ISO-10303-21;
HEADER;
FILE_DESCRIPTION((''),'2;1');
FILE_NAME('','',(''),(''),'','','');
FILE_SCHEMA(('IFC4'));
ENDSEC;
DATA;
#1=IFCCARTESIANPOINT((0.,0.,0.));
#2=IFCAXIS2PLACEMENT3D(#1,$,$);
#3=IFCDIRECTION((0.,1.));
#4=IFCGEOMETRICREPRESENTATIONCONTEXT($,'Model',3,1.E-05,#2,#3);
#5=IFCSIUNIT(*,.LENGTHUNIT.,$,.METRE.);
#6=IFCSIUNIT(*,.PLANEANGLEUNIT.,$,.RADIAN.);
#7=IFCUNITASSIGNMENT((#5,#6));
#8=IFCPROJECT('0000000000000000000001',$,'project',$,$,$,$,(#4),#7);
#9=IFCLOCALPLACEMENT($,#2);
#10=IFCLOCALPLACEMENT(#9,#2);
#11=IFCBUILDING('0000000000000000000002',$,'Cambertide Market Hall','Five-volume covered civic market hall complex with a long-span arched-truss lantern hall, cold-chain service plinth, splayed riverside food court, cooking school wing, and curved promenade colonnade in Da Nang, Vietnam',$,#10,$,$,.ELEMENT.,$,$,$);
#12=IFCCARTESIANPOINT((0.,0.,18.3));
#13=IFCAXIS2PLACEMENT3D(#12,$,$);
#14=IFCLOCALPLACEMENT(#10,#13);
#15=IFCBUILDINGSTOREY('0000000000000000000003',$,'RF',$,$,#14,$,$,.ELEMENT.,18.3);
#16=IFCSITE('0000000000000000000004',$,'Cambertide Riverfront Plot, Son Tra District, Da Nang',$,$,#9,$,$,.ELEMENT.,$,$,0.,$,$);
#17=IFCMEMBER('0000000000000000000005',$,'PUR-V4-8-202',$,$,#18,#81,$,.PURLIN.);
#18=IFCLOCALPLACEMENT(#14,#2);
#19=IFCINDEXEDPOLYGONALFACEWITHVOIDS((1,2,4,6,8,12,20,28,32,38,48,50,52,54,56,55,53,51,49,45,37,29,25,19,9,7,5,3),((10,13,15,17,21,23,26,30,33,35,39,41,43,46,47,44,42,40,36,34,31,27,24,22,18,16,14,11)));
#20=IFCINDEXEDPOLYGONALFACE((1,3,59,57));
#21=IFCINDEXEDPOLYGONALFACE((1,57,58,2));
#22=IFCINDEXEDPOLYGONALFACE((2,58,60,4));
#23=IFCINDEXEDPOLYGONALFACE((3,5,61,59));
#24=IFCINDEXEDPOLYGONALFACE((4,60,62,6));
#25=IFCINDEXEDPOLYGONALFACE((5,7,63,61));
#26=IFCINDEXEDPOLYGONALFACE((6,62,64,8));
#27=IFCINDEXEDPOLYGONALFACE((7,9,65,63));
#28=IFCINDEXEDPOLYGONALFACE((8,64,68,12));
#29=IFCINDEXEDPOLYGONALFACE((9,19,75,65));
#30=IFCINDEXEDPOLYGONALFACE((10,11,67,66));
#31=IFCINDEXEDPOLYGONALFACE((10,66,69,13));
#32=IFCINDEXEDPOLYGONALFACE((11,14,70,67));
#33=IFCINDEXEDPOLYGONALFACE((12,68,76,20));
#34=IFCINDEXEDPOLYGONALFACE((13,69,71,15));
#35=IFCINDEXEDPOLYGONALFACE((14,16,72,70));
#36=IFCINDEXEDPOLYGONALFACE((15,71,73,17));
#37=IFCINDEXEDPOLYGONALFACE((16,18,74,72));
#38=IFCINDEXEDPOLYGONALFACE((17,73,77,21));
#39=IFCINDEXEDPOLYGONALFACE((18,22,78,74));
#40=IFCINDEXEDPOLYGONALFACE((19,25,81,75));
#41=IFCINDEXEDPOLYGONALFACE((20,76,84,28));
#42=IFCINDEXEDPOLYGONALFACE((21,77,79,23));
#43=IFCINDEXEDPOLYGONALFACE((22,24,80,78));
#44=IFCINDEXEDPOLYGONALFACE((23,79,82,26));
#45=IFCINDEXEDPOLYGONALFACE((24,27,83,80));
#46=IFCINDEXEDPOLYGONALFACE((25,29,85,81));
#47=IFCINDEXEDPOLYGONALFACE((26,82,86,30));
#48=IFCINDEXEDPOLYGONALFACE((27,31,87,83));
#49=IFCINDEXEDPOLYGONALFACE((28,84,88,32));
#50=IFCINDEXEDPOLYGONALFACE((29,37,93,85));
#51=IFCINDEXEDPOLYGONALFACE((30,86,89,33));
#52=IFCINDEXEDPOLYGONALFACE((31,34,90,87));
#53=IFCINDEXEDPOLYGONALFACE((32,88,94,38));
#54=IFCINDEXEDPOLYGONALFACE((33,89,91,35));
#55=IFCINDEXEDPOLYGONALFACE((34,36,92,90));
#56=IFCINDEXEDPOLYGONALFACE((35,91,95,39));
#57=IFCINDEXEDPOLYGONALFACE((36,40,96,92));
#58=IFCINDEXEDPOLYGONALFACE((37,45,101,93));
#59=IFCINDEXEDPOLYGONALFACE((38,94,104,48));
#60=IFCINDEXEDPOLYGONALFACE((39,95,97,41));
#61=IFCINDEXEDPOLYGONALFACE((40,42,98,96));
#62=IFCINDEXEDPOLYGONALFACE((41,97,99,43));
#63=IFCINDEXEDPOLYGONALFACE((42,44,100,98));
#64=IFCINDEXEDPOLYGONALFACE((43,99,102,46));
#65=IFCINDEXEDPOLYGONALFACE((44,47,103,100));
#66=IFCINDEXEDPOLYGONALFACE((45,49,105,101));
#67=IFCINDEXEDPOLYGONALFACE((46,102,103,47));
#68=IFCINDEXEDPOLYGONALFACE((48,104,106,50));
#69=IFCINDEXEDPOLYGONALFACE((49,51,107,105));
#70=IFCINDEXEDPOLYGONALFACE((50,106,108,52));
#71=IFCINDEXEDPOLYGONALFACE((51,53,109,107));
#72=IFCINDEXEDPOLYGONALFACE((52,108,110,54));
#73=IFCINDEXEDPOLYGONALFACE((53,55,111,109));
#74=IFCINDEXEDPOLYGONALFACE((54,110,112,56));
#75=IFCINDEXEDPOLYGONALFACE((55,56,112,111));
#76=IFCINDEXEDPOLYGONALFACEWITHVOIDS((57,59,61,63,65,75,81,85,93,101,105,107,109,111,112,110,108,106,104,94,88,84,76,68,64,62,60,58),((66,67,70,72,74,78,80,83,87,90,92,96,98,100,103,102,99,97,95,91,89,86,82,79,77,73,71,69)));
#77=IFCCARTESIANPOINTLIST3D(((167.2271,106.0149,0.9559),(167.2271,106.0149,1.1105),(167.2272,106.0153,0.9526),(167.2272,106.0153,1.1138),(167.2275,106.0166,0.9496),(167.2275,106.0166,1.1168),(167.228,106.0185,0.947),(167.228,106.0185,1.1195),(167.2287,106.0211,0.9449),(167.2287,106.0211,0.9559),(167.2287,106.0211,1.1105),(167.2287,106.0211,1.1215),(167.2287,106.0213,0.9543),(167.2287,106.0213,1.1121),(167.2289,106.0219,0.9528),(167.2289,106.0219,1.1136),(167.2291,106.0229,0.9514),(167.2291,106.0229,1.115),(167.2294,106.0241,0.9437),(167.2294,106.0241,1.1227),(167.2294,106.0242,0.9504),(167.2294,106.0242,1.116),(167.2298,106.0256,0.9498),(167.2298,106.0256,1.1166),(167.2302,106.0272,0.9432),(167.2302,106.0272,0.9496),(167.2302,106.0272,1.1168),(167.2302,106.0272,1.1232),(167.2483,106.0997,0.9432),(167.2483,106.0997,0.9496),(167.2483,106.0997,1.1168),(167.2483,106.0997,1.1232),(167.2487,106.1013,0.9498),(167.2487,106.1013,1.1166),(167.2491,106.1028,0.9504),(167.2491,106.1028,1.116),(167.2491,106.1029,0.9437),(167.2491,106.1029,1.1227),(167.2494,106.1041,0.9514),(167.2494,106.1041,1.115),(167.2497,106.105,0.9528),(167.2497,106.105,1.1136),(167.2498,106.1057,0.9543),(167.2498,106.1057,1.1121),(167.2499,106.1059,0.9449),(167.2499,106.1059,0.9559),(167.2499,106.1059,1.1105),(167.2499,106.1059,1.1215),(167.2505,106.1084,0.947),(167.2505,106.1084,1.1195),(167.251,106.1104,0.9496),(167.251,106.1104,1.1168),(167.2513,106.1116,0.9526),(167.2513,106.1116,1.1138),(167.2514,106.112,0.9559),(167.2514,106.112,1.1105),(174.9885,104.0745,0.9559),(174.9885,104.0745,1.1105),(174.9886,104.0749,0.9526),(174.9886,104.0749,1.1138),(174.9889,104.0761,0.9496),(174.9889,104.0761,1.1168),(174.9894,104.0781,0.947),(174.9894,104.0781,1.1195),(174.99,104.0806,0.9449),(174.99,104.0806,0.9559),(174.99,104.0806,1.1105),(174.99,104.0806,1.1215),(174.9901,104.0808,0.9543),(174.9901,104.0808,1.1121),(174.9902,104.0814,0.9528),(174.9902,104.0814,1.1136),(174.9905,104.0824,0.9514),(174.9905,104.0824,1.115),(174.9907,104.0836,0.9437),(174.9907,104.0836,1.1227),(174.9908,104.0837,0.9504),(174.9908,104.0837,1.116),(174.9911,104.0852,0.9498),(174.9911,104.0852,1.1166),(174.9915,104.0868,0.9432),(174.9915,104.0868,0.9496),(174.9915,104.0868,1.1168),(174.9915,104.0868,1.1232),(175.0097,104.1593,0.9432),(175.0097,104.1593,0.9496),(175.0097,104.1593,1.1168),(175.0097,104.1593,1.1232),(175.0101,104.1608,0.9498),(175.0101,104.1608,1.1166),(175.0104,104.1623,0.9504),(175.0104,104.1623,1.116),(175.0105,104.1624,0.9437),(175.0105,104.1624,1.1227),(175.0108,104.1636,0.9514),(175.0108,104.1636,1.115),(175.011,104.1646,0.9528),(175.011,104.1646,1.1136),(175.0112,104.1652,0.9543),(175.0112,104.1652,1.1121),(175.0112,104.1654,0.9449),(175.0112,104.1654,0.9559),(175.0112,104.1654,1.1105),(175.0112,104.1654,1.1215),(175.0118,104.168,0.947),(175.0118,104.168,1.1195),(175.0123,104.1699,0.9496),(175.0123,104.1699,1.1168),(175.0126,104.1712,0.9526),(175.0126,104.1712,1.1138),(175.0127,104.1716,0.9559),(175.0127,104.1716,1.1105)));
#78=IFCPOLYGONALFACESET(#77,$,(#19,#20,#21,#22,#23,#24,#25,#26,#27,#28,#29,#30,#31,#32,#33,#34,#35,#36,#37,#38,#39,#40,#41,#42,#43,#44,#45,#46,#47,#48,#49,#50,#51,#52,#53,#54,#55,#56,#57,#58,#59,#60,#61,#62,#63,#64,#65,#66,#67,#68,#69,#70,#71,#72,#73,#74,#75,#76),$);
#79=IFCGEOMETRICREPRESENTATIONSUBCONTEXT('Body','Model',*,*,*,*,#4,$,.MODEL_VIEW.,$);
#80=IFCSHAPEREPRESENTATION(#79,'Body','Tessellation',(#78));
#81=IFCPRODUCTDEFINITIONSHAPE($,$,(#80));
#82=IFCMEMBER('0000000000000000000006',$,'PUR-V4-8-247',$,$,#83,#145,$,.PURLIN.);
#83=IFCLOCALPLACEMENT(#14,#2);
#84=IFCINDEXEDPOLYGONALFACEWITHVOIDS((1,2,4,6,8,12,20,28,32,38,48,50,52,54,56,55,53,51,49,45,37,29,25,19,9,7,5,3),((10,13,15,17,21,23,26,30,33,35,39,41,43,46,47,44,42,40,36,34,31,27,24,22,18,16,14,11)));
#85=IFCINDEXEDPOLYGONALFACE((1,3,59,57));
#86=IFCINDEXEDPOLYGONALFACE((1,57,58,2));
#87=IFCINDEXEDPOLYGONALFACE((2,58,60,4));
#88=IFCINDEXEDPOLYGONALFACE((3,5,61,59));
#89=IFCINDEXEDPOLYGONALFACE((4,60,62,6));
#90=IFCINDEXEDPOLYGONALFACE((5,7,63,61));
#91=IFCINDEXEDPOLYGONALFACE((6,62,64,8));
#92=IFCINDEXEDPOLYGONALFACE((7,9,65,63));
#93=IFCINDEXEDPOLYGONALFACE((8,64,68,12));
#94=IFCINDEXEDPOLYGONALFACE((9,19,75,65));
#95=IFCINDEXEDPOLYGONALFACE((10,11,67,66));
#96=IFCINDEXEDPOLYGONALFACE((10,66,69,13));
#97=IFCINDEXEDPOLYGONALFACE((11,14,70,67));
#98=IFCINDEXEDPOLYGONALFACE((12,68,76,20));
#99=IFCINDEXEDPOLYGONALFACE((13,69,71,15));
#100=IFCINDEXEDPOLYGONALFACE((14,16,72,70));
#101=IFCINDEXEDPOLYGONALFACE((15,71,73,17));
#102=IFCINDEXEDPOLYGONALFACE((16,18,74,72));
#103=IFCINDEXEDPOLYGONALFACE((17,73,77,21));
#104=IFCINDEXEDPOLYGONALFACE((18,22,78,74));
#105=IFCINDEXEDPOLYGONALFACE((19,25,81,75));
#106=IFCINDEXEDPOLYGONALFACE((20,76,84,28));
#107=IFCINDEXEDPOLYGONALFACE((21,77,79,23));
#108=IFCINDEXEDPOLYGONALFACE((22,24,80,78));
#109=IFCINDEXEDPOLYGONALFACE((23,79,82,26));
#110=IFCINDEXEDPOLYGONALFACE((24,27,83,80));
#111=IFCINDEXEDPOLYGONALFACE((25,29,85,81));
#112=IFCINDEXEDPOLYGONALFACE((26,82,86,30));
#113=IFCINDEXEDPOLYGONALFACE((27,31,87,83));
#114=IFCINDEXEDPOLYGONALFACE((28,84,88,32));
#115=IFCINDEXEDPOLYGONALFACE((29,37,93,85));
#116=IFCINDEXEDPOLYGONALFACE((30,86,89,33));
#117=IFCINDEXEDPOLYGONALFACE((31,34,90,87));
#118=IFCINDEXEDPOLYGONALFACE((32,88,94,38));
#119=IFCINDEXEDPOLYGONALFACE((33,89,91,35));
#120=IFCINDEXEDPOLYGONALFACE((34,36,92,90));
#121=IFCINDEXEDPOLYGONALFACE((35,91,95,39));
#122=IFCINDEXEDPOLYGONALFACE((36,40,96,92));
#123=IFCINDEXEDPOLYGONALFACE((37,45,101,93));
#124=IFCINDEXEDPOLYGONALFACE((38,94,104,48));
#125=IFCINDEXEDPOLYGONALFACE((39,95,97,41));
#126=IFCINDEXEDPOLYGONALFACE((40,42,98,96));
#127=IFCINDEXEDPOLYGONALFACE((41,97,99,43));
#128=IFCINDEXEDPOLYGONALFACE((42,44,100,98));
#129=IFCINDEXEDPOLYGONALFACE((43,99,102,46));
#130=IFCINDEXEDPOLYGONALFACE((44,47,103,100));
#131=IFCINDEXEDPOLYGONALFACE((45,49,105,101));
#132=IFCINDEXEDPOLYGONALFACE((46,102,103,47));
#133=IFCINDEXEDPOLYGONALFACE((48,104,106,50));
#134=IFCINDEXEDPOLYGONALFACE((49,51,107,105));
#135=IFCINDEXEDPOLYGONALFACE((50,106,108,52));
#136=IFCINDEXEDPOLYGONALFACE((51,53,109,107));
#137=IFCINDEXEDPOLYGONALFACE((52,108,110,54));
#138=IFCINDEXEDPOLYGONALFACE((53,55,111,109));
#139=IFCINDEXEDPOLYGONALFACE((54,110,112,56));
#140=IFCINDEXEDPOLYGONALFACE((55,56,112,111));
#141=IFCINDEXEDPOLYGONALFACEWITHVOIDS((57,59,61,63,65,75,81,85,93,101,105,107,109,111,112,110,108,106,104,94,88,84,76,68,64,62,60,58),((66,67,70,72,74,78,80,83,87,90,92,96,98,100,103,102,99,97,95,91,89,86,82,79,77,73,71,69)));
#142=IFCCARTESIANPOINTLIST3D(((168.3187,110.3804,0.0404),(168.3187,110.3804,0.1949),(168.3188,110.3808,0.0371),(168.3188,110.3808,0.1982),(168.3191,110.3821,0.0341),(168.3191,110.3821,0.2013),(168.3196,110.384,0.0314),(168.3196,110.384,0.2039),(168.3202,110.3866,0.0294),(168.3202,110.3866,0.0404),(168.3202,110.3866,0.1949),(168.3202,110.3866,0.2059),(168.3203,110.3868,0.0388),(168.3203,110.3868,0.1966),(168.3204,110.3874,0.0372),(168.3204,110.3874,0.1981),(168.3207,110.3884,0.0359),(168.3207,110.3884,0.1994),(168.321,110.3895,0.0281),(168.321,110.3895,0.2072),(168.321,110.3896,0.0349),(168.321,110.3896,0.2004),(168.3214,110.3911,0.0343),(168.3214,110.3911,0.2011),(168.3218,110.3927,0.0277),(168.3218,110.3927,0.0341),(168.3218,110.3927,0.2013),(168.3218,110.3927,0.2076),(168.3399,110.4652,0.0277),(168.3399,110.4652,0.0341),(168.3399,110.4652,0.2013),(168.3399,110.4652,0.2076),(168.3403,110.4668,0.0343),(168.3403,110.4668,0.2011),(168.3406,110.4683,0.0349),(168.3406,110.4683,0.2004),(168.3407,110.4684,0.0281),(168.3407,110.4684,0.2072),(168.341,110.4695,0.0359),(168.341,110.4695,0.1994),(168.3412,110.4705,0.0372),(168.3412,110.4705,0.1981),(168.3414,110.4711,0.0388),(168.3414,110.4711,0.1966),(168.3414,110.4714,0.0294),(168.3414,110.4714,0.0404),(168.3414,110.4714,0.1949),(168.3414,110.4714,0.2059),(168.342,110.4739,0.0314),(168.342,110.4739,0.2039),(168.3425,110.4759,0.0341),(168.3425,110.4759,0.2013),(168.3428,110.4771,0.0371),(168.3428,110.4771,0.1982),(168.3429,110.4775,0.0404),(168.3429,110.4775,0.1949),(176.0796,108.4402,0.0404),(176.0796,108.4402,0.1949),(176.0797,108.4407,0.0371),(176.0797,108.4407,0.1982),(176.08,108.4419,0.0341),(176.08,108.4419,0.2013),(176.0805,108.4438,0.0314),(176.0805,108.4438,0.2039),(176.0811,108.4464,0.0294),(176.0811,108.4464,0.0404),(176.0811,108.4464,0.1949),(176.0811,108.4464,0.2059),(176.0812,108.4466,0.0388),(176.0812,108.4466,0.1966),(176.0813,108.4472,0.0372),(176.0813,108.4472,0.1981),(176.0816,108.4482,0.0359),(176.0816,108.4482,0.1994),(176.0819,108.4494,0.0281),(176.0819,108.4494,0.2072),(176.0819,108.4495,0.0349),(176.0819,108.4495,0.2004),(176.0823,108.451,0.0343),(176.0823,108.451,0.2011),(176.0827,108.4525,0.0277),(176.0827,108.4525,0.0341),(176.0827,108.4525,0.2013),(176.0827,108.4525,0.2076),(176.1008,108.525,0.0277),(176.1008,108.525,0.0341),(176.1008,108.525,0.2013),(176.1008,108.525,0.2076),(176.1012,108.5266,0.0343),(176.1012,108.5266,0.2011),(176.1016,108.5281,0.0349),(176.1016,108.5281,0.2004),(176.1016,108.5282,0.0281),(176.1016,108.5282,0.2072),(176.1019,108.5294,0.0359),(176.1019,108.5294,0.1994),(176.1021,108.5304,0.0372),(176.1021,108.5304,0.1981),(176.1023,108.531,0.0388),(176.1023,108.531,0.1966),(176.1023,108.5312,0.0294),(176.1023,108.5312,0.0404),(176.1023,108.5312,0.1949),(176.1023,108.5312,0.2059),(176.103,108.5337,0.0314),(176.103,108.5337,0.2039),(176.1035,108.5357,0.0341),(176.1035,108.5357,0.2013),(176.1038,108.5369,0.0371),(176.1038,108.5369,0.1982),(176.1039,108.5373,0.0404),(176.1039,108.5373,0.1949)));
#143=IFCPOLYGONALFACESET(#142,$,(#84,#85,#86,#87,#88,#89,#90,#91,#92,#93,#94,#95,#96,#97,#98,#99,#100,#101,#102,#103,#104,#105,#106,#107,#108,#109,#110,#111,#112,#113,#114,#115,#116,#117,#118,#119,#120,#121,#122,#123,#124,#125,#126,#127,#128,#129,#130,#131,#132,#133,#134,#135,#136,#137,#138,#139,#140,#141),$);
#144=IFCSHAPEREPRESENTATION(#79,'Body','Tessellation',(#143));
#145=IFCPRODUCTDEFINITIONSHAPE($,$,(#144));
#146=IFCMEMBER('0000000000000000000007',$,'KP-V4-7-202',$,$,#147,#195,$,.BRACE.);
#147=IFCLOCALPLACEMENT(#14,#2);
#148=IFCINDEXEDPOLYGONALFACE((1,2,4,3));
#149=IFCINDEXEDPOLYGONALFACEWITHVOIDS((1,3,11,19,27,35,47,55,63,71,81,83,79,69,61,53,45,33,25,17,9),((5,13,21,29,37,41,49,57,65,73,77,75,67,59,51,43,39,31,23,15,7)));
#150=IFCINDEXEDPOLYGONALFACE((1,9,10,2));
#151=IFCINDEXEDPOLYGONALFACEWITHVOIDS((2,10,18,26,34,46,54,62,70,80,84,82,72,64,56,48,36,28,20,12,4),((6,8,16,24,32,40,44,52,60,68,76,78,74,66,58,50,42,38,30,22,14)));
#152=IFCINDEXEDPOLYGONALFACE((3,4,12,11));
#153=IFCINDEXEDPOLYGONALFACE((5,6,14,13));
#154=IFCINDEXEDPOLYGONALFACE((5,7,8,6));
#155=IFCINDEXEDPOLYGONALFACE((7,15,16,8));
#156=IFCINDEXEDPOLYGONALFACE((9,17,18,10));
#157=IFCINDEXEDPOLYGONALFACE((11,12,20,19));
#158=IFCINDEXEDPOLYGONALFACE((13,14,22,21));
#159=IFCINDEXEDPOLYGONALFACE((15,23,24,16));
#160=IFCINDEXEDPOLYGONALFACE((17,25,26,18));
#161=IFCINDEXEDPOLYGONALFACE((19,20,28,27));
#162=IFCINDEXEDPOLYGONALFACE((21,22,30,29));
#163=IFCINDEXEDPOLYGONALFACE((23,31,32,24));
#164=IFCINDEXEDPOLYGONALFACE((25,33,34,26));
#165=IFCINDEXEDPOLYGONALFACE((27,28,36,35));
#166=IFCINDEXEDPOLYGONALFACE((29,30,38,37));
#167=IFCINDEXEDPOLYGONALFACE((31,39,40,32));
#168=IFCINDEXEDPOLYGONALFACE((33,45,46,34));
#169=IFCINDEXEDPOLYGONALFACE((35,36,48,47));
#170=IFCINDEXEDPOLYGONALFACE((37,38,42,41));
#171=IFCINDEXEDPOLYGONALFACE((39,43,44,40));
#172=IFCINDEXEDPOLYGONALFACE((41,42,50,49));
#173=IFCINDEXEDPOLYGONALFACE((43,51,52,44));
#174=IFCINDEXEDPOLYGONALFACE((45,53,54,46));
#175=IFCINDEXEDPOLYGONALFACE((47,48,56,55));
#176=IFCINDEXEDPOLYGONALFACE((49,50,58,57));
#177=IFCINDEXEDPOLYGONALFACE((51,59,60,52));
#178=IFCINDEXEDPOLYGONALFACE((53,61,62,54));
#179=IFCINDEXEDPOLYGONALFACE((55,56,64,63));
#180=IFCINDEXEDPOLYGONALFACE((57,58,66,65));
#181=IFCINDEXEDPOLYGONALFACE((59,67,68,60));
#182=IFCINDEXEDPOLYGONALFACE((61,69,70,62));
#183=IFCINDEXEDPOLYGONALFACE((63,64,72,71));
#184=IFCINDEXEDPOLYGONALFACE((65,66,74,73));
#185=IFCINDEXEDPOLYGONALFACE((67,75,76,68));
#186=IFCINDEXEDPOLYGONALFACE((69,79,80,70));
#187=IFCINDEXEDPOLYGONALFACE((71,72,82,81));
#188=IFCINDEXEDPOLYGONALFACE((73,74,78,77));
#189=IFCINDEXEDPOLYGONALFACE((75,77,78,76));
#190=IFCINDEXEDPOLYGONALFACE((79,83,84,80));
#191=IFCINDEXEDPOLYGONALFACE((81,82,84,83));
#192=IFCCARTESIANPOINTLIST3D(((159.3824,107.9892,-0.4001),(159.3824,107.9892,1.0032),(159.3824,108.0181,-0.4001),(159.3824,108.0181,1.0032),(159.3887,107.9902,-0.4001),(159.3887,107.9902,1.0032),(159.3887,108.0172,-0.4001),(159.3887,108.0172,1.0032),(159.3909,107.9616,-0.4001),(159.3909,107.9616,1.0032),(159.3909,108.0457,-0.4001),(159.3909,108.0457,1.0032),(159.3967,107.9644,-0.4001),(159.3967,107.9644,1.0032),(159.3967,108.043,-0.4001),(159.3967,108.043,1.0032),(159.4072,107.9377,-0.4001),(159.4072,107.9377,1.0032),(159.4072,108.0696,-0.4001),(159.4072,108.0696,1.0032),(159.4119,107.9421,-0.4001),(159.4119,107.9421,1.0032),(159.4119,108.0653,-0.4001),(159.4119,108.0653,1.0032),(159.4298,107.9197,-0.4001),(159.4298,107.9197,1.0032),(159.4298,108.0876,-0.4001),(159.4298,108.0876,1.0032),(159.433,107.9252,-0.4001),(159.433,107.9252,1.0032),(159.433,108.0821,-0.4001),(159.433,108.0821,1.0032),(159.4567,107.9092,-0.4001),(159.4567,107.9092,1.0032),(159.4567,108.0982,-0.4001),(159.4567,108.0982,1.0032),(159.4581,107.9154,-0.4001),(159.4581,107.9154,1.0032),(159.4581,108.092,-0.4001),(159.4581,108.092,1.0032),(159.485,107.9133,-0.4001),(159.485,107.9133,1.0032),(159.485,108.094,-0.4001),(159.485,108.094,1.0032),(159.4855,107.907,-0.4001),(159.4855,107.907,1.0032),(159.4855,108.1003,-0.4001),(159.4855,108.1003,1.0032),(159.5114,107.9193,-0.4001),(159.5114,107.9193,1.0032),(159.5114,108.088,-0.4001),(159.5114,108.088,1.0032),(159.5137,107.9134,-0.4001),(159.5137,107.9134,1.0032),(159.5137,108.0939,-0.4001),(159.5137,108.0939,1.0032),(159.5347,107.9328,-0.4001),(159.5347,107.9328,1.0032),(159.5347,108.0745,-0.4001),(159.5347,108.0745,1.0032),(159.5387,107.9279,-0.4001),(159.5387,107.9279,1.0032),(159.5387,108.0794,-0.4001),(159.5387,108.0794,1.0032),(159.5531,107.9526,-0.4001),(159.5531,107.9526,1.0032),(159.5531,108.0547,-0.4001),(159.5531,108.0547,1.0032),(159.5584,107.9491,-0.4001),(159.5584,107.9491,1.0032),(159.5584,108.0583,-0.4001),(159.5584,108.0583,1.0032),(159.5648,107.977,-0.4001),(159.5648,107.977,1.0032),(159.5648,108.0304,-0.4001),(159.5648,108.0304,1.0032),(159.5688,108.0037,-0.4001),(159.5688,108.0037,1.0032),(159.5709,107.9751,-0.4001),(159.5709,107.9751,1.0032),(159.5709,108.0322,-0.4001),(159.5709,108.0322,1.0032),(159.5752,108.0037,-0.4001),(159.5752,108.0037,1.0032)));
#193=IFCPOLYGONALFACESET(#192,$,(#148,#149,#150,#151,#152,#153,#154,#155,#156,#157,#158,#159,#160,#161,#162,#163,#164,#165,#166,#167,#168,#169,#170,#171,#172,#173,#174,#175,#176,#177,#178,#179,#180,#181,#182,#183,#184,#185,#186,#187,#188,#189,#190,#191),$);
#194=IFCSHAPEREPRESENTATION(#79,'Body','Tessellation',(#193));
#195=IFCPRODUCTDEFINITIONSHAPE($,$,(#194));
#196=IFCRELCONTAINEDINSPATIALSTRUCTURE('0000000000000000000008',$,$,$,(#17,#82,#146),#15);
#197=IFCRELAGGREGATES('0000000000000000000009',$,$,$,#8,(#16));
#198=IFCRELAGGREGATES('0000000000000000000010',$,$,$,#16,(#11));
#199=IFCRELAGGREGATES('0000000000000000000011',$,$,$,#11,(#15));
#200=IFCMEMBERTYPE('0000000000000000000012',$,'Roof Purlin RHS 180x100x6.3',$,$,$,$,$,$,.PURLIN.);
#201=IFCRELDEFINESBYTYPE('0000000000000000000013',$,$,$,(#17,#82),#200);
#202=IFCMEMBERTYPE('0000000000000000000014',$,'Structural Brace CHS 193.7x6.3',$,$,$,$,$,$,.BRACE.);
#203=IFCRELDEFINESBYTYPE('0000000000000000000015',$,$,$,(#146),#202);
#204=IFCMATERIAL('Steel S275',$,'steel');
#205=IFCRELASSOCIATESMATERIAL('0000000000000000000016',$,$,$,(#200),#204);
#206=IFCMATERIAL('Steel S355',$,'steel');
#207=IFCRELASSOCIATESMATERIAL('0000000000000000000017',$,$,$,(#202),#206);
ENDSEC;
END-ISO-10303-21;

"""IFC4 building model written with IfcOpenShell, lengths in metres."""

from ifc_helpers import new_model, si_unit, direction, frame, origin, origin_2d, place, context, subcontext, project, spatial, hollow_rectangle, hollow_circle, extrude, material, material_profile, profile_set, type_object, element, save


model = new_model("IFC4")

# Units and contexts
model_context = context("Model", 3, precision=1e-05, world=origin(), true_north=direction((0.0, 1.0)))
body_context = subcontext(model_context, "Body", "Model", "MODEL_VIEW")
ifc_project = project(units=[si_unit("LENGTHUNIT", "METRE"), si_unit("PLANEANGLEUNIT", "RADIAN")], contexts=[model_context])

# Site, building, storey
site_placement = place(None, origin())
site = spatial("IfcSite", under=ifc_project, at=site_placement, Name="Cambertide Riverfront Plot, Son Tra District, Da Nang", CompositionType="ELEMENT", RefElevation=0.0)
building_placement = place(site_placement, origin())
building = spatial("IfcBuilding", under=site, at=building_placement, Name="Cambertide Market Hall", Description="Five-volume covered civic market hall complex with a long-span arched-truss lantern hall, cold-chain service plinth, splayed riverside food court, cooking school wing, and curved promenade colonnade in Da Nang, Vietnam", CompositionType="ELEMENT")
storey_placement = place(building_placement, frame((0.0, 0.0, 18.3)))
storey = spatial("IfcBuildingStorey", under=building, at=storey_placement, Name="RF", CompositionType="ELEMENT", Elevation=18.3)

# Members
ifc_material_1 = material(Name="Steel S275", Category="steel")
ifc_material_profile_1 = material_profile(ifc_material_1, hollow_rectangle(XDim=0.1001, YDim=0.1799, WallThickness=0.0063, InnerFilletRadius=0.0063, OuterFilletRadius=0.0127, at=origin_2d()), Name="RHS 180x100x6.3")
ifc_profile_set_1 = profile_set([ifc_material_profile_1], Name="Steel S275")
member_type_1 = type_object("IfcMemberType", Name="Roof Purlin RHS 180x100x6.3", PredefinedType="PURLIN", material=ifc_profile_set_1)
member_1_placement = place(storey_placement, frame((167.2393, 106.0635, 1.0332), z_axis=(0.970139, -0.24255, 0.0), x_axis=(0.24255, 0.970139, 0.0)))
element("IfcMember", 1, at=member_1_placement, inside=storey, type_object=member_type_1, Name="PUR-V4-8-202", PredefinedType="PURLIN", context=body_context, shape_type="SweptSolid", body=[
    extrude(hollow_rectangle(XDim=0.1001, YDim=0.1799, WallThickness=0.0063, InnerFilletRadius=0.0063, OuterFilletRadius=0.0127, at=origin_2d()), origin(), (0.0, 0.0, 1.0), 8.0002),
])
member_2_placement = place(storey_placement, frame((168.3308, 110.429, 0.1177), z_axis=(0.970144, -0.242528, 0.0), x_axis=(0.242528, 0.970144, 0.0)))
element("IfcMember", 2, at=member_2_placement, inside=storey, type_object=member_type_1, Name="PUR-V4-8-247", PredefinedType="PURLIN", context=body_context, shape_type="SweptSolid", body=[
    extrude(hollow_rectangle(XDim=0.1001, YDim=0.1799, WallThickness=0.0063, InnerFilletRadius=0.0063, OuterFilletRadius=0.0127, at=origin_2d()), origin(), (0.0, 0.0, 1.0), 7.9998),
])
ifc_material_2 = material(Name="Steel S355", Category="steel")
ifc_material_profile_2 = material_profile(ifc_material_2, hollow_circle(Radius=0.0969, WallThickness=0.0063, at=origin_2d()), Name="CHS 193.7x6.3")
ifc_profile_set_2 = profile_set([ifc_material_profile_2], Name="Steel S355")
member_type_2 = type_object("IfcMemberType", Name="Structural Brace CHS 193.7x6.3", PredefinedType="BRACE", material=ifc_profile_set_2)
for number, where, z_axis, x_axis, name in (
    (3, (159.4783, 108.0037, -0.4001), (0.0, 0.0, 1.0), (1.0, 0.0, 0.0), "KP-V4-7-202"),
):
    element("IfcMember", number, at=place(storey_placement, frame(where, z_axis=z_axis, x_axis=x_axis)), inside=storey, type_object=member_type_2, Name=name, PredefinedType="BRACE", context=body_context, shape_type="SweptSolid", body=[
        extrude(hollow_circle(Radius=0.0969, WallThickness=0.0063, at=origin_2d()), origin(), (0.0, 0.0, 1.0), 1.4033),
    ])

save(model, "model.ifc")
